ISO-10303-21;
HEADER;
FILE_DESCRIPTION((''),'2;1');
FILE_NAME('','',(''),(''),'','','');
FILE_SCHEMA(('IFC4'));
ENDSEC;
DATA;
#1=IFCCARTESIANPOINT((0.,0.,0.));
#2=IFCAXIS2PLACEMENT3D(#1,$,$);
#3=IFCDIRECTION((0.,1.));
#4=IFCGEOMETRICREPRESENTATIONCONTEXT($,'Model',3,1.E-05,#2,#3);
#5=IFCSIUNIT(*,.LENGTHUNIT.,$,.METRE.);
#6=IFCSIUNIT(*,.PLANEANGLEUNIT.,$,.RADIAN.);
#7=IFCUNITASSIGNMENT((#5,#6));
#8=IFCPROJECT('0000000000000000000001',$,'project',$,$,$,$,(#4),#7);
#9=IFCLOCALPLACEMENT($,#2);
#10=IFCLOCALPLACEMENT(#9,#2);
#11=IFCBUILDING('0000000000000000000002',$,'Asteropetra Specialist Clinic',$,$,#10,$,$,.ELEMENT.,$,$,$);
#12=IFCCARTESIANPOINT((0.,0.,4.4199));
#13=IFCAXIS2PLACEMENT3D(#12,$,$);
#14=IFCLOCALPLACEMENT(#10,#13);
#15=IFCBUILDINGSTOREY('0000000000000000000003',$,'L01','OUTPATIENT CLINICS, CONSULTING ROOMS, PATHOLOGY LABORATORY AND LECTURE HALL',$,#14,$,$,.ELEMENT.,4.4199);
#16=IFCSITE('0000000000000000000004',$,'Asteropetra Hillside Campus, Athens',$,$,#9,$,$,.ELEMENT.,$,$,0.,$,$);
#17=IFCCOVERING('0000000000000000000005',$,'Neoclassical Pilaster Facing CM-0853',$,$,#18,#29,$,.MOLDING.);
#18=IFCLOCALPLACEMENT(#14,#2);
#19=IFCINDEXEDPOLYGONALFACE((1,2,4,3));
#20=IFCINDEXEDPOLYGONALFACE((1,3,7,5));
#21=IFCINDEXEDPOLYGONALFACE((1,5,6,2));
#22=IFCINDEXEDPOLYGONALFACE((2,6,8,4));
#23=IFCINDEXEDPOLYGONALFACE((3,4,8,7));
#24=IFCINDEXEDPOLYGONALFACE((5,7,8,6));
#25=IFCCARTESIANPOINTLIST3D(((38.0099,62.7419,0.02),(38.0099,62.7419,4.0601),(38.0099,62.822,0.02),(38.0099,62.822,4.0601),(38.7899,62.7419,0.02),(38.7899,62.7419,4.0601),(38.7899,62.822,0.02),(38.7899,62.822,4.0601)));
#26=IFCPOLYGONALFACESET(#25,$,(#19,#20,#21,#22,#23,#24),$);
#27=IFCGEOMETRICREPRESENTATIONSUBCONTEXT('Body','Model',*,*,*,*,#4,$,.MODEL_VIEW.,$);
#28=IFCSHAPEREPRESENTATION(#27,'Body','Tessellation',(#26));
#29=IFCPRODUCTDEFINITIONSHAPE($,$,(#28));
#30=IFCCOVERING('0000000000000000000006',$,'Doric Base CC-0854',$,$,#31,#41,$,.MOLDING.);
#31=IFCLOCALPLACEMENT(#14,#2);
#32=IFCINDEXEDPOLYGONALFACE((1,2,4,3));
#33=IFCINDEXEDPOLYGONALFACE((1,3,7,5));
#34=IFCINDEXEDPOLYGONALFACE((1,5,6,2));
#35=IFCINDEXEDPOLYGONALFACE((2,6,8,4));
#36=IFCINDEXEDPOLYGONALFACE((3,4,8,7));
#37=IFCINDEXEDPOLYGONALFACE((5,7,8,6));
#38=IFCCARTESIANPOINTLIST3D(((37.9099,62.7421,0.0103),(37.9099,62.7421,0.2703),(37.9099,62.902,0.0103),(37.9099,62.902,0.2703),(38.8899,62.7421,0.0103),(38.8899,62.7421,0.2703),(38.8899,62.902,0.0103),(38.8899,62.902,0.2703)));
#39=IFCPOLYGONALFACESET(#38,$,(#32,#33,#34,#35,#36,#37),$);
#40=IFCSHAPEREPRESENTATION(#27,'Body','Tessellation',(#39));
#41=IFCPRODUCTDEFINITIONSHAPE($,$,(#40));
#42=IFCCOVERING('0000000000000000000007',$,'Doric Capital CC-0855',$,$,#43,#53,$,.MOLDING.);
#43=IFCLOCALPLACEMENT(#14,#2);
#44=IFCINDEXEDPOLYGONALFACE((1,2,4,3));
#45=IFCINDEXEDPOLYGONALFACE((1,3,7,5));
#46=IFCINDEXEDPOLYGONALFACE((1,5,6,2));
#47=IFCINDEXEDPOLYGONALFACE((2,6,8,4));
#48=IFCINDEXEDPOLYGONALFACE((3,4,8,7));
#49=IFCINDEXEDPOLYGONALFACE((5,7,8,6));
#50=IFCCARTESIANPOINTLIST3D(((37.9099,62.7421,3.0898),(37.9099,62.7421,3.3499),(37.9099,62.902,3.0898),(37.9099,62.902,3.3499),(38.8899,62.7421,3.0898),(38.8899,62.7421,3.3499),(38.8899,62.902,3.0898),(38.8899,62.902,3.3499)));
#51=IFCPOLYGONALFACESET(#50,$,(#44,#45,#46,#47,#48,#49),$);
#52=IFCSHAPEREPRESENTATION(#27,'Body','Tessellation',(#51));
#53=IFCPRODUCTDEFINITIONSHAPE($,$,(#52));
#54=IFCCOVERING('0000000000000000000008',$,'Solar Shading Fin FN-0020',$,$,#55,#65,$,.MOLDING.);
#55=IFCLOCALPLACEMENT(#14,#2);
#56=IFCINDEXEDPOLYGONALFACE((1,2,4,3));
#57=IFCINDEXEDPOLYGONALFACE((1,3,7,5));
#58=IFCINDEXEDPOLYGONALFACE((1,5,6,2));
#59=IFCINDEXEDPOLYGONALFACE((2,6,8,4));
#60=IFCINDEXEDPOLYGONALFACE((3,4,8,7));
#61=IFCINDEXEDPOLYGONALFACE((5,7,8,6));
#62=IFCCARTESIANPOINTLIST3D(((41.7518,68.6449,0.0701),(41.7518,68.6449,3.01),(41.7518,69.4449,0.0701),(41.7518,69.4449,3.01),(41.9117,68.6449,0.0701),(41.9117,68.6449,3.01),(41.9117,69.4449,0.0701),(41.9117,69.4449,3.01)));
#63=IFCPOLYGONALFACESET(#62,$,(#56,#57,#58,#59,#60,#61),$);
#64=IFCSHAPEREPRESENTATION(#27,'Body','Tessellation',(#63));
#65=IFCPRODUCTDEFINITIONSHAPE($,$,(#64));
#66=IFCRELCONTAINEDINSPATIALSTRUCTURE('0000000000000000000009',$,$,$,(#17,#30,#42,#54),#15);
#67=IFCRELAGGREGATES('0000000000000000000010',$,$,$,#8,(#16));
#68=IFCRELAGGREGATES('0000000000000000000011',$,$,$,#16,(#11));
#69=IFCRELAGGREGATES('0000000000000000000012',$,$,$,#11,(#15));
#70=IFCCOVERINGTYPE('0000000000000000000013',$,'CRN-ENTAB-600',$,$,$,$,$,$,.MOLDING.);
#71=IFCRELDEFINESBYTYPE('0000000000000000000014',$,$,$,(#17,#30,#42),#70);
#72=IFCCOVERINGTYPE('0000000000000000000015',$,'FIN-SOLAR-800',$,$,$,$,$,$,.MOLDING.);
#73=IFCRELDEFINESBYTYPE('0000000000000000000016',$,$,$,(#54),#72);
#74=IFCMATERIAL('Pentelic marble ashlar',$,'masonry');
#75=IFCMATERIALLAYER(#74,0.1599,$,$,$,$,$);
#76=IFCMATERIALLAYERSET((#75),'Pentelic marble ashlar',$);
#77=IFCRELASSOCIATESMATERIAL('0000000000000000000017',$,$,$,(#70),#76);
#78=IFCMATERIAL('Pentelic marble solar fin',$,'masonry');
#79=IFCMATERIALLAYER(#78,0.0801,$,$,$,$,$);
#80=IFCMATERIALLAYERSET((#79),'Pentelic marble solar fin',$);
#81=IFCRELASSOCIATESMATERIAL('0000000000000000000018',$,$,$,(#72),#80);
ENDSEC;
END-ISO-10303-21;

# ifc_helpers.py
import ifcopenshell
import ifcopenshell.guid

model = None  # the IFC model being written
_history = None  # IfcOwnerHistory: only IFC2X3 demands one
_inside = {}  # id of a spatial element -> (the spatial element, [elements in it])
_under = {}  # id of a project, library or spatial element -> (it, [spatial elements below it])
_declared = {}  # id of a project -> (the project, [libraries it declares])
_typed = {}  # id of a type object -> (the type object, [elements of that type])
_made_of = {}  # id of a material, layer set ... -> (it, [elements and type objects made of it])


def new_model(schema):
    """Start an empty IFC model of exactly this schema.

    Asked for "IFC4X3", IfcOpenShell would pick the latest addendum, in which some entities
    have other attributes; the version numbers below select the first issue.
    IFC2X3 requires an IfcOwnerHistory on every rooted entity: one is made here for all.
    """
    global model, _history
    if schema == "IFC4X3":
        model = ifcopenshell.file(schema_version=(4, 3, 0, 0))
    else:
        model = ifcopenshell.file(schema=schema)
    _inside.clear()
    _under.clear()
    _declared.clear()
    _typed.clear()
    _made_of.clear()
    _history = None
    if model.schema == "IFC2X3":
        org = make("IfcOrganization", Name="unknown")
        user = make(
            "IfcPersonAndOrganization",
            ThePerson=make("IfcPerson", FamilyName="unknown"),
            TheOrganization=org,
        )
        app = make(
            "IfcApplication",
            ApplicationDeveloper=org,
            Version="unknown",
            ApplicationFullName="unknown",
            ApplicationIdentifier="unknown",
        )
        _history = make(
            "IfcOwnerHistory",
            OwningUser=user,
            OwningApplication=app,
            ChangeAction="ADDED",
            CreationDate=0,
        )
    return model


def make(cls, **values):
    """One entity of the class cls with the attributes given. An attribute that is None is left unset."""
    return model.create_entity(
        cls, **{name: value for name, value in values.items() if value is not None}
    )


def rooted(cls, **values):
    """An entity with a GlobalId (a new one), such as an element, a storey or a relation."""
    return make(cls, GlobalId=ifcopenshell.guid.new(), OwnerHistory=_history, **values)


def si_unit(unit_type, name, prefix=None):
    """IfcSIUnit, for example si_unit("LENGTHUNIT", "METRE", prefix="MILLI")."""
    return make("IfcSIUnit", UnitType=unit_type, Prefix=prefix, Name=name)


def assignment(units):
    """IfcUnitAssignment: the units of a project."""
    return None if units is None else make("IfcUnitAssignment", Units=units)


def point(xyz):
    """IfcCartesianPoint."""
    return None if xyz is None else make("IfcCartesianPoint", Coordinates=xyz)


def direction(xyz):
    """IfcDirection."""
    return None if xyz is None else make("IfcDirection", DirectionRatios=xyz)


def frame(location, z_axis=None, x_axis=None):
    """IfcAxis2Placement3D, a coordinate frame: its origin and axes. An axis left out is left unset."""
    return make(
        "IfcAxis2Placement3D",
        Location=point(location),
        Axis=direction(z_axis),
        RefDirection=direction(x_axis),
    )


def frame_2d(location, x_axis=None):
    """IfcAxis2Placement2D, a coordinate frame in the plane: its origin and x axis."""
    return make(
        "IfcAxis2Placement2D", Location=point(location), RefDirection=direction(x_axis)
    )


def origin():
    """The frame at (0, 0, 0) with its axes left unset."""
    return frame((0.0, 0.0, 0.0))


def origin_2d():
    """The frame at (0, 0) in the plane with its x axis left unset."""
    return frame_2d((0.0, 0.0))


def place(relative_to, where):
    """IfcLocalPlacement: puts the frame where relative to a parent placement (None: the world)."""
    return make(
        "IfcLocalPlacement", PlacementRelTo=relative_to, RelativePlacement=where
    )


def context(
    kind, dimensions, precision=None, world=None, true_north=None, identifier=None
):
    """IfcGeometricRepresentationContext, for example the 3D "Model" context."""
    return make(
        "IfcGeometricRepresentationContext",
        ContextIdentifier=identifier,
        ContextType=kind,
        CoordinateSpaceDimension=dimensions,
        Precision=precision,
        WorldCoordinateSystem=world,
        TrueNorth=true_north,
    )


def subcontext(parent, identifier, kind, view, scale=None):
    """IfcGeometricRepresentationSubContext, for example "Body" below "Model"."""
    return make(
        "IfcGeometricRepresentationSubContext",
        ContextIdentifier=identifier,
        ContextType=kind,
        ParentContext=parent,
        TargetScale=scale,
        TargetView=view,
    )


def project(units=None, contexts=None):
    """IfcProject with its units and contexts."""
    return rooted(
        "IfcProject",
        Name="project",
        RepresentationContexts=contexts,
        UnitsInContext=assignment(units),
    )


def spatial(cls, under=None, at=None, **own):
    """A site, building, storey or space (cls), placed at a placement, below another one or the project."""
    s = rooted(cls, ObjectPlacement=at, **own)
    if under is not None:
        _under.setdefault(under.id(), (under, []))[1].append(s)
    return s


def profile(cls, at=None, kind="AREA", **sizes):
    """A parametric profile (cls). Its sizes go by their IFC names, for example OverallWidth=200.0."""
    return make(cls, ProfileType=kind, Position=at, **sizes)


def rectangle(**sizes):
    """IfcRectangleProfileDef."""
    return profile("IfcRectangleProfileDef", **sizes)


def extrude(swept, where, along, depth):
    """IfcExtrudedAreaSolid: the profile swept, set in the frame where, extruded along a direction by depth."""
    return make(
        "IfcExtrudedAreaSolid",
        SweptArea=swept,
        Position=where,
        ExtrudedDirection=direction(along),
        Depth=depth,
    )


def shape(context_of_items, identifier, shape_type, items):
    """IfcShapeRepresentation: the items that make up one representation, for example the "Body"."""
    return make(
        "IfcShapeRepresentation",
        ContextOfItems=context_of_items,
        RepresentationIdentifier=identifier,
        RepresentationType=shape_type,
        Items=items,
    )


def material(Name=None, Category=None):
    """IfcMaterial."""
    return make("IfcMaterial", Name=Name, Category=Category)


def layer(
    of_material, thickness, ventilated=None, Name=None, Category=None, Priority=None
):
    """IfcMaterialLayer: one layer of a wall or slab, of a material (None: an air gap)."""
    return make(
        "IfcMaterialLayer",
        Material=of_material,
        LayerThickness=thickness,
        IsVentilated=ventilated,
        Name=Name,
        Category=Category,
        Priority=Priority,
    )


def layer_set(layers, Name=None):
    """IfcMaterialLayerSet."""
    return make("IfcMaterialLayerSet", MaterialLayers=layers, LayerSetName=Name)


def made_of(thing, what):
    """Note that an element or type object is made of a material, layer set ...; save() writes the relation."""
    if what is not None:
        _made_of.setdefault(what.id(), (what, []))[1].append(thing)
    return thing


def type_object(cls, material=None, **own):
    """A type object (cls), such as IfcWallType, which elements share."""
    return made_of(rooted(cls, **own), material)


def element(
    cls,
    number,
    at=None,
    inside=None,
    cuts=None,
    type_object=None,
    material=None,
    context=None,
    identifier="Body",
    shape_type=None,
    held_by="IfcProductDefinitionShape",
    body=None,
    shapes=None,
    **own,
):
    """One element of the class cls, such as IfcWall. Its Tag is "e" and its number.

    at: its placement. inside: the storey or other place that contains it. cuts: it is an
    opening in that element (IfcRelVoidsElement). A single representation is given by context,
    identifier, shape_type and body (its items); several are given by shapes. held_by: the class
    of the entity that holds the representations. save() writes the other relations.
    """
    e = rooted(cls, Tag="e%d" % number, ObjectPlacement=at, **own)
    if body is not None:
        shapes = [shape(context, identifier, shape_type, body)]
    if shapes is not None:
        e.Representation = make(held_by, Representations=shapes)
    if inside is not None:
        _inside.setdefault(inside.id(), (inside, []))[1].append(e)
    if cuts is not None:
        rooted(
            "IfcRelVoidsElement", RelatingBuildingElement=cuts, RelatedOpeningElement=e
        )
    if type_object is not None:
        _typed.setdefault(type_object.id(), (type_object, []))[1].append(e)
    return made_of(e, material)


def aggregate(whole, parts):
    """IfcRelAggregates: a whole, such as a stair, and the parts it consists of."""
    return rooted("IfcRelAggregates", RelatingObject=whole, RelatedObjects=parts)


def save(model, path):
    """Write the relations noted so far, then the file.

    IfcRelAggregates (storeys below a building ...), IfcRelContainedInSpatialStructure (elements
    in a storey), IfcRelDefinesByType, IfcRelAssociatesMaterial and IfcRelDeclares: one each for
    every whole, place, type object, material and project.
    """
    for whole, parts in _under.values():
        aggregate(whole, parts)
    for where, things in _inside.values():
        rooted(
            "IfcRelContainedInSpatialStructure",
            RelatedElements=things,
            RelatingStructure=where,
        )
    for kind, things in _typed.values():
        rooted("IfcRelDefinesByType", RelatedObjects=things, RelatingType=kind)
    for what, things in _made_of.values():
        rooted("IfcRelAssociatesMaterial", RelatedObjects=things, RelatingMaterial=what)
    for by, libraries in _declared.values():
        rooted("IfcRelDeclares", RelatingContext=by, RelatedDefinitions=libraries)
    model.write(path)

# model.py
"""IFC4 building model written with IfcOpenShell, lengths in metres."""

from ifc_helpers import new_model, si_unit, direction, frame, origin, origin_2d, place, context, subcontext, project, spatial, rectangle, extrude, material, layer, layer_set, type_object, element, save


model = new_model("IFC4")

# Units and contexts
model_context = context("Model", 3, precision=1e-05, world=origin(), true_north=direction((0.0, 1.0)))
body_context = subcontext(model_context, "Body", "Model", "MODEL_VIEW")
ifc_project = project(units=[si_unit("LENGTHUNIT", "METRE"), si_unit("PLANEANGLEUNIT", "RADIAN")], contexts=[model_context])

# Site, building, storey
site_placement = place(None, origin())
site = spatial("IfcSite", under=ifc_project, at=site_placement, Name="Asteropetra Hillside Campus, Athens", CompositionType="ELEMENT", RefElevation=0.0)
building_placement = place(site_placement, origin())
building = spatial("IfcBuilding", under=site, at=building_placement, Name="Asteropetra Specialist Clinic", CompositionType="ELEMENT")
storey_placement = place(building_placement, frame((0.0, 0.0, 4.4199)))
storey = spatial("IfcBuildingStorey", under=building, at=storey_placement, Name="L01", Description="OUTPATIENT CLINICS, CONSULTING ROOMS, PATHOLOGY LABORATORY AND LECTURE HALL", CompositionType="ELEMENT", Elevation=4.4199)

# Coverings
ifc_material_1 = material(Name="Pentelic marble ashlar", Category="masonry")
ifc_layer_1 = layer(ifc_material_1, 0.1599)
ifc_layer_set_1 = layer_set([ifc_layer_1], Name="Pentelic marble ashlar")
covering_type_1 = type_object("IfcCoveringType", Name="CRN-ENTAB-600", PredefinedType="MOLDING", material=ifc_layer_set_1)
covering_1_placement = place(storey_placement, frame((38.3999, 62.782, 0.02), z_axis=(0.0, 0.0, 1.0), x_axis=(1.0, 0.0, 0.0)))
element("IfcCovering", 1, at=covering_1_placement, inside=storey, type_object=covering_type_1, Name="Neoclassical Pilaster Facing CM-0853", PredefinedType="MOLDING", context=body_context, shape_type="SweptSolid", body=[
    extrude(rectangle(XDim=0.78, YDim=0.0801, at=origin_2d()), origin(), (0.0, 0.0, 1.0), 4.04),
])
for number, where, z_axis, x_axis, name in (
    (2, (38.3999, 62.822, 0.0103), (0.0, 0.0, 1.0), (1.0, 0.0, 0.0), "Doric Base CC-0854"),
    (3, (38.3999, 62.822, 3.0898), (0.0, 0.0, 1.0), (1.0, 0.0, 0.0), "Doric Capital CC-0855"),
):
    element("IfcCovering", number, at=place(storey_placement, frame(where, z_axis=z_axis, x_axis=x_axis)), inside=storey, type_object=covering_type_1, Name=name, PredefinedType="MOLDING", context=body_context, shape_type="SweptSolid", body=[
        extrude(rectangle(XDim=0.98, YDim=0.1599, at=origin_2d()), origin(), (0.0, 0.0, 1.0), 0.26),
    ])
ifc_material_2 = material(Name="Pentelic marble solar fin", Category="masonry")
ifc_layer_2 = layer(ifc_material_2, 0.0801)
ifc_layer_set_2 = layer_set([ifc_layer_2], Name="Pentelic marble solar fin")
covering_type_2 = type_object("IfcCoveringType", Name="FIN-SOLAR-800", PredefinedType="MOLDING", material=ifc_layer_set_2)
covering_2_placement = place(storey_placement, frame((41.8318, 69.0449, 0.0701), z_axis=(0.0, 0.0, 1.0), x_axis=(1.0, 0.0, 0.0)))
element("IfcCovering", 4, at=covering_2_placement, inside=storey, type_object=covering_type_2, Name="Solar Shading Fin FN-0020", PredefinedType="MOLDING", context=body_context, shape_type="SweptSolid", body=[
    extrude(rectangle(XDim=0.1599, YDim=0.8, at=origin_2d()), origin(), (0.0, 0.0, 1.0), 2.9399),
])

save(model, "model.ifc")
